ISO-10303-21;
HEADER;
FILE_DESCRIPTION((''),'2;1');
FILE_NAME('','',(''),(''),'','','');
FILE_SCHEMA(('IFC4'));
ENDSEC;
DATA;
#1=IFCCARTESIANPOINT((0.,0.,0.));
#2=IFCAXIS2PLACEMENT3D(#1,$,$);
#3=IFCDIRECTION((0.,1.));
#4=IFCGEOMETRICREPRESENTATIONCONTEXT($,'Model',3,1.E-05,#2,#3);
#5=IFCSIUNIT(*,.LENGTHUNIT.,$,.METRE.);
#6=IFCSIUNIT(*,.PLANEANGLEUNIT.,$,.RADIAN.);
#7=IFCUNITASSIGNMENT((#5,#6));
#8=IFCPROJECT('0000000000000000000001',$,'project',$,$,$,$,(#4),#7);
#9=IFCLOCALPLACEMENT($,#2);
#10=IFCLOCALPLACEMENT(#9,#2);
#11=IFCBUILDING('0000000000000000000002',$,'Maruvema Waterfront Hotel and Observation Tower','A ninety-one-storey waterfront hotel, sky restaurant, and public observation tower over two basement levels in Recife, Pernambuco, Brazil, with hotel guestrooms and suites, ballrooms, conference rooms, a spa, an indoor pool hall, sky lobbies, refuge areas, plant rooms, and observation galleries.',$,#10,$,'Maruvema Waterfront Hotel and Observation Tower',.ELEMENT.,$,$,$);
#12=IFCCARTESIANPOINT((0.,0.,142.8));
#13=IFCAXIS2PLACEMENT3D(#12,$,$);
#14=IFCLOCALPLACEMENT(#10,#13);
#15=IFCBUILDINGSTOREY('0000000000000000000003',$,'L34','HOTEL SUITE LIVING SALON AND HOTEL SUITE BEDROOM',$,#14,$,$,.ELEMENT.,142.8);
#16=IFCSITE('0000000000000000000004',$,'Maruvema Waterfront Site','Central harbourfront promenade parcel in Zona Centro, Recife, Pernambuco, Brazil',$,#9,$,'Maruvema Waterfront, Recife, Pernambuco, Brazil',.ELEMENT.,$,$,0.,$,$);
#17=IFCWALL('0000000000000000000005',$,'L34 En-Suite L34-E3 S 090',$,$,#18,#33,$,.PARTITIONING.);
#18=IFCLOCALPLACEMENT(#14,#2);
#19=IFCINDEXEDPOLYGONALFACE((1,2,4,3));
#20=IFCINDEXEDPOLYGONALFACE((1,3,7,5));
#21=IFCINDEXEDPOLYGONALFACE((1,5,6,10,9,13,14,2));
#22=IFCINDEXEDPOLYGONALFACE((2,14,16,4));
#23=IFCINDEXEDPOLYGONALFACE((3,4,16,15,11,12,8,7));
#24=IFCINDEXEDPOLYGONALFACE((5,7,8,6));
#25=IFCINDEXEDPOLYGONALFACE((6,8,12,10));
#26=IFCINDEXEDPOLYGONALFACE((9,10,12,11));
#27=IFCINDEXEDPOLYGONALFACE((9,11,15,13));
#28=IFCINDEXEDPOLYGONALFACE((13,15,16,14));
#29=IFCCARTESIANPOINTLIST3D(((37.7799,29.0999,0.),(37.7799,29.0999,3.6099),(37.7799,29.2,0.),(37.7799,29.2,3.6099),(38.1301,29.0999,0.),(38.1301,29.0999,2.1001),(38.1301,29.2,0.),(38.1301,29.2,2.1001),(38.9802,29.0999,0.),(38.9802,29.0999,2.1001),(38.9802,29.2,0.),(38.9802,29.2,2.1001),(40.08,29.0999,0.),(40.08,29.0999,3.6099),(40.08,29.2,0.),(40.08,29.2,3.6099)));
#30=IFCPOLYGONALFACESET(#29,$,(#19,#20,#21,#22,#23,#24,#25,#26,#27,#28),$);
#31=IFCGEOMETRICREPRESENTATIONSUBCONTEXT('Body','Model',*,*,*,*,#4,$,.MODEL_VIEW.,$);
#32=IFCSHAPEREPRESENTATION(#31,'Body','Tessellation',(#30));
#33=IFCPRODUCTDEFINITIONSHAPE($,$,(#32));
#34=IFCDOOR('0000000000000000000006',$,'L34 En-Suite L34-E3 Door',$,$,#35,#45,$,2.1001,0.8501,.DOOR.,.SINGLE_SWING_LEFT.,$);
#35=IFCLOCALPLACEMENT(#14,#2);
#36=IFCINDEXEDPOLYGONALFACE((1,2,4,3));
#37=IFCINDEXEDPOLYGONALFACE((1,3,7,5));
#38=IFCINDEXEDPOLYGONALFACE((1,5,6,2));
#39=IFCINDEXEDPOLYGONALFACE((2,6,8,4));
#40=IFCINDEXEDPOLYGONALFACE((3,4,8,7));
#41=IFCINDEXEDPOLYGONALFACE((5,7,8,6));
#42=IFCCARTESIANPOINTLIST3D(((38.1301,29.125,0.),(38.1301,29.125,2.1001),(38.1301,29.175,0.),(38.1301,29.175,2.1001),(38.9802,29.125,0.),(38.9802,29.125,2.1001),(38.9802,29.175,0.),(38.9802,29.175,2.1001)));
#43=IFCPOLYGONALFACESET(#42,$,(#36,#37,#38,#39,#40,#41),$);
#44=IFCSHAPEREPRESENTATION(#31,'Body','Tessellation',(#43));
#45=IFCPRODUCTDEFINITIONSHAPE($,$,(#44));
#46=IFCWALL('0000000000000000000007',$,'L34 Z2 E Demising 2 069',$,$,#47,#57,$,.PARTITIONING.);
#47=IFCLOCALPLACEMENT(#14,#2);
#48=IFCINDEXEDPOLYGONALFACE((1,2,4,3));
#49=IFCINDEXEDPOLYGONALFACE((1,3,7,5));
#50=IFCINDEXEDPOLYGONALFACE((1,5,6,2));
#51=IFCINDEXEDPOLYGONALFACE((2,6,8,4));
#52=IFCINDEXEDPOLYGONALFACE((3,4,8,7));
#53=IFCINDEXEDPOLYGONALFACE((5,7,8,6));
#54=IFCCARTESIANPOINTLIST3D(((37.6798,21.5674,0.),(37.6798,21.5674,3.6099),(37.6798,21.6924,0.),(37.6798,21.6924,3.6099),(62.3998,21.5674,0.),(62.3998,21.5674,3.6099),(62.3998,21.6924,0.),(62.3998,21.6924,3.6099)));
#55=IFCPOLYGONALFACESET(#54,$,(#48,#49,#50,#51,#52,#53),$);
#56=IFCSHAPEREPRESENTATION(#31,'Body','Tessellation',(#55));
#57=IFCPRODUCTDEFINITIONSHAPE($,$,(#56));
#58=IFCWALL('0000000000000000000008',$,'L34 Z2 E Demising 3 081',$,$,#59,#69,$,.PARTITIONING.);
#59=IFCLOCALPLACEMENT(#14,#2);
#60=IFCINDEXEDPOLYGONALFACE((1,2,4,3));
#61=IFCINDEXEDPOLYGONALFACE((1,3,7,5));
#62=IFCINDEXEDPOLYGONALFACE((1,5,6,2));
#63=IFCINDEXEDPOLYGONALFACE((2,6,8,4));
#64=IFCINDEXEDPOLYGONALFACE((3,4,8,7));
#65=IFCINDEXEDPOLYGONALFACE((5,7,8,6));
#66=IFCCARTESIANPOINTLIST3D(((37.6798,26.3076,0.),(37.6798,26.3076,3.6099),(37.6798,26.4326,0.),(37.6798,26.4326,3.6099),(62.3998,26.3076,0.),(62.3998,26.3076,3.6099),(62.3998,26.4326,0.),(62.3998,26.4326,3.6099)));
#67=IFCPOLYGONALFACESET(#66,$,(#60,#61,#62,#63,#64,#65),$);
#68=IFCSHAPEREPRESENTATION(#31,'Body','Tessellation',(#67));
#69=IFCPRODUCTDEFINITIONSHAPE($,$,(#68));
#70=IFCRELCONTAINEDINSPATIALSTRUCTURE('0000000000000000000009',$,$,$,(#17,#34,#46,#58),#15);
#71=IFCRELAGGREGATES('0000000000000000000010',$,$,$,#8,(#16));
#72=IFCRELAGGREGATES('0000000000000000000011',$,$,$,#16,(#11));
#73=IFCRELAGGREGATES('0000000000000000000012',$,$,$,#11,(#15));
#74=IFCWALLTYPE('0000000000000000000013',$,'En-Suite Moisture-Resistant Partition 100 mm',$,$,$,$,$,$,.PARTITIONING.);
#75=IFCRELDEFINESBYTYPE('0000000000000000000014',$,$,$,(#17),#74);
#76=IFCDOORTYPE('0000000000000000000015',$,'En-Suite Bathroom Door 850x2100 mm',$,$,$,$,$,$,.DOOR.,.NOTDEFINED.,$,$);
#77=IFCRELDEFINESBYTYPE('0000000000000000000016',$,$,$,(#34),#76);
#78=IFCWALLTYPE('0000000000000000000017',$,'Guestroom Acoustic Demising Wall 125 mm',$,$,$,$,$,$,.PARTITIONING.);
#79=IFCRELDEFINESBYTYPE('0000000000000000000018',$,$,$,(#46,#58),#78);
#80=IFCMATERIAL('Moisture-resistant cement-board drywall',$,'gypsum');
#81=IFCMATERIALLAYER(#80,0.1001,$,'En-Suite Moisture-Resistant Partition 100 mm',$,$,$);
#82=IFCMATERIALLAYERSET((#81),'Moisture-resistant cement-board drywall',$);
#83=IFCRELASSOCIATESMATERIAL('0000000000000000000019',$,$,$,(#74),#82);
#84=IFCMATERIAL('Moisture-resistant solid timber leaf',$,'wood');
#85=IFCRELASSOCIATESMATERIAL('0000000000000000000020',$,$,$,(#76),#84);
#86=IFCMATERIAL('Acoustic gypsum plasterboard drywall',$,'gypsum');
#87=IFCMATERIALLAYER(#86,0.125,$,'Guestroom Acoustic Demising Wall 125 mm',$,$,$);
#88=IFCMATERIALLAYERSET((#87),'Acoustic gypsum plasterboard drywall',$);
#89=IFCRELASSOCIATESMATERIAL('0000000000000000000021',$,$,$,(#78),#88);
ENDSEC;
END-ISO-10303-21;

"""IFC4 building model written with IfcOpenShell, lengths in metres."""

from ifc_helpers import new_model, si_unit, direction, frame, frame_2d, origin, place, context, subcontext, project, spatial, rectangle, extrude, material, layer, layer_set, type_object, element, fill, save


model = new_model("IFC4")

# Units and contexts
model_context = context("Model", 3, precision=1e-05, world=origin(), true_north=direction((0.0, 1.0)))
body_context = subcontext(model_context, "Body", "Model", "MODEL_VIEW")
ifc_project = project(units=[si_unit("LENGTHUNIT", "METRE"), si_unit("PLANEANGLEUNIT", "RADIAN")], contexts=[model_context])

# Site, building, storey
site_placement = place(None, origin())
site = spatial("IfcSite", under=ifc_project, at=site_placement, Name="Maruvema Waterfront Site", Description="Central harbourfront promenade parcel in Zona Centro, Recife, Pernambuco, Brazil", LongName="Maruvema Waterfront, Recife, Pernambuco, Brazil", CompositionType="ELEMENT", RefElevation=0.0)
building_placement = place(site_placement, origin())
building = spatial("IfcBuilding", under=site, at=building_placement, Name="Maruvema Waterfront Hotel and Observation Tower", Description="A ninety-one-storey waterfront hotel, sky restaurant, and public observation tower over two basement levels in Recife, Pernambuco, Brazil, with hotel guestrooms and suites, ballrooms, conference rooms, a spa, an indoor pool hall, sky lobbies, refuge areas, plant rooms, and observation galleries.", LongName="Maruvema Waterfront Hotel and Observation Tower", CompositionType="ELEMENT")
storey_placement = place(building_placement, frame((0.0, 0.0, 142.8)))
storey = spatial("IfcBuildingStorey", under=building, at=storey_placement, Name="L34", Description="HOTEL SUITE LIVING SALON AND HOTEL SUITE BEDROOM", CompositionType="ELEMENT", Elevation=142.8)

# Shared definitions
ifc_material_1 = material(Name="Moisture-resistant cement-board drywall", Category="gypsum")
ifc_layer_1 = layer(ifc_material_1, 0.1001, Name="En-Suite Moisture-Resistant Partition 100 mm")
ifc_layer_set_1 = layer_set([ifc_layer_1], Name="Moisture-resistant cement-board drywall")
wall_type_1 = type_object("IfcWallType", Name="En-Suite Moisture-Resistant Partition 100 mm", PredefinedType="PARTITIONING", material=ifc_layer_set_1)

# Shared definitions
ifc_material_2 = material(Name="Moisture-resistant solid timber leaf", Category="wood")
door_type_1 = type_object("IfcDoorType", Name="En-Suite Bathroom Door 850x2100 mm", OperationType="NOTDEFINED", PredefinedType="DOOR", material=ifc_material_2)

# Wall, opening, door
wall_1_placement = place(storey_placement, frame((37.78, 29.1499, 0.0), z_axis=(0.0, 0.0, 1.0), x_axis=(1.0, 0.0, 0.0)))
wall_1 = element("IfcWall", 1, at=wall_1_placement, inside=storey, type_object=wall_type_1, Name="L34 En-Suite L34-E3 S 090", PredefinedType="PARTITIONING", context=body_context, shape_type="SweptSolid", body=[
    extrude(rectangle(XDim=2.3, YDim=0.1001, at=frame_2d((1.1499, 0.0))), origin(), (0.0, 0.0, 1.0), 3.6099),
])
opening_1_placement = place(wall_1_placement, frame((0.3501, 0.0, 0.0)))
opening_1 = element("IfcOpeningElement", 2, at=opening_1_placement, cuts=wall_1, PredefinedType="OPENING", context=body_context, shape_type="SweptSolid", body=[
    extrude(rectangle(XDim=0.8501, YDim=2.1001, at=frame_2d((0.425, 1.05))), frame((0.0, 0.0601, 0.0), z_axis=(0.0, -1.0, 0.0), x_axis=(1.0, 0.0, 0.0)), (0.0, 0.0, 1.0), 0.1201),
])
door_1_placement = place(opening_1_placement, frame((0.8501, 0.0, 0.0), z_axis=(0.0, 0.0, 1.0), x_axis=(-1.0, 0.0, 0.0)))
door_1 = element("IfcDoor", 3, at=door_1_placement, inside=storey, type_object=door_type_1, Name="L34 En-Suite L34-E3 Door", OperationType="SINGLE_SWING_LEFT", OverallHeight=2.1001, OverallWidth=0.8501, PredefinedType="DOOR", context=body_context, shape_type="SweptSolid", body=[
    extrude(rectangle(XDim=0.8501, YDim=2.1001, at=frame_2d((0.425, 1.05))), frame((0.0, 0.0249, 0.0), z_axis=(0.0, -1.0, 0.0), x_axis=(1.0, 0.0, 0.0)), (0.0, 0.0, 1.0), 0.05),
])
fill(opening_1, door_1)

# Walls
ifc_material_3 = material(Name="Acoustic gypsum plasterboard drywall", Category="gypsum")
ifc_layer_2 = layer(ifc_material_3, 0.125, Name="Guestroom Acoustic Demising Wall 125 mm")
ifc_layer_set_2 = layer_set([ifc_layer_2], Name="Acoustic gypsum plasterboard drywall")
wall_type_2 = type_object("IfcWallType", Name="Guestroom Acoustic Demising Wall 125 mm", PredefinedType="PARTITIONING", material=ifc_layer_set_2)
for number, where, z_axis, x_axis, name in (
    (4, (37.6799, 21.6299, 0.0), (0.0, 0.0, 1.0), (1.0, 0.0, 0.0), "L34 Z2 E Demising 2 069"),
    (5, (37.6799, 26.3701, 0.0), (0.0, 0.0, 1.0), (1.0, 0.0, 0.0), "L34 Z2 E Demising 3 081"),
):
    element("IfcWall", number, at=place(storey_placement, frame(where, z_axis=z_axis, x_axis=x_axis)), inside=storey, type_object=wall_type_2, Name=name, PredefinedType="PARTITIONING", context=body_context, shape_type="SweptSolid", body=[
        extrude(rectangle(XDim=24.72, YDim=0.125, at=frame_2d((12.3599, 0.0))), origin(), (0.0, 0.0, 1.0), 3.6099),
    ])

save(model, "model.ifc")
